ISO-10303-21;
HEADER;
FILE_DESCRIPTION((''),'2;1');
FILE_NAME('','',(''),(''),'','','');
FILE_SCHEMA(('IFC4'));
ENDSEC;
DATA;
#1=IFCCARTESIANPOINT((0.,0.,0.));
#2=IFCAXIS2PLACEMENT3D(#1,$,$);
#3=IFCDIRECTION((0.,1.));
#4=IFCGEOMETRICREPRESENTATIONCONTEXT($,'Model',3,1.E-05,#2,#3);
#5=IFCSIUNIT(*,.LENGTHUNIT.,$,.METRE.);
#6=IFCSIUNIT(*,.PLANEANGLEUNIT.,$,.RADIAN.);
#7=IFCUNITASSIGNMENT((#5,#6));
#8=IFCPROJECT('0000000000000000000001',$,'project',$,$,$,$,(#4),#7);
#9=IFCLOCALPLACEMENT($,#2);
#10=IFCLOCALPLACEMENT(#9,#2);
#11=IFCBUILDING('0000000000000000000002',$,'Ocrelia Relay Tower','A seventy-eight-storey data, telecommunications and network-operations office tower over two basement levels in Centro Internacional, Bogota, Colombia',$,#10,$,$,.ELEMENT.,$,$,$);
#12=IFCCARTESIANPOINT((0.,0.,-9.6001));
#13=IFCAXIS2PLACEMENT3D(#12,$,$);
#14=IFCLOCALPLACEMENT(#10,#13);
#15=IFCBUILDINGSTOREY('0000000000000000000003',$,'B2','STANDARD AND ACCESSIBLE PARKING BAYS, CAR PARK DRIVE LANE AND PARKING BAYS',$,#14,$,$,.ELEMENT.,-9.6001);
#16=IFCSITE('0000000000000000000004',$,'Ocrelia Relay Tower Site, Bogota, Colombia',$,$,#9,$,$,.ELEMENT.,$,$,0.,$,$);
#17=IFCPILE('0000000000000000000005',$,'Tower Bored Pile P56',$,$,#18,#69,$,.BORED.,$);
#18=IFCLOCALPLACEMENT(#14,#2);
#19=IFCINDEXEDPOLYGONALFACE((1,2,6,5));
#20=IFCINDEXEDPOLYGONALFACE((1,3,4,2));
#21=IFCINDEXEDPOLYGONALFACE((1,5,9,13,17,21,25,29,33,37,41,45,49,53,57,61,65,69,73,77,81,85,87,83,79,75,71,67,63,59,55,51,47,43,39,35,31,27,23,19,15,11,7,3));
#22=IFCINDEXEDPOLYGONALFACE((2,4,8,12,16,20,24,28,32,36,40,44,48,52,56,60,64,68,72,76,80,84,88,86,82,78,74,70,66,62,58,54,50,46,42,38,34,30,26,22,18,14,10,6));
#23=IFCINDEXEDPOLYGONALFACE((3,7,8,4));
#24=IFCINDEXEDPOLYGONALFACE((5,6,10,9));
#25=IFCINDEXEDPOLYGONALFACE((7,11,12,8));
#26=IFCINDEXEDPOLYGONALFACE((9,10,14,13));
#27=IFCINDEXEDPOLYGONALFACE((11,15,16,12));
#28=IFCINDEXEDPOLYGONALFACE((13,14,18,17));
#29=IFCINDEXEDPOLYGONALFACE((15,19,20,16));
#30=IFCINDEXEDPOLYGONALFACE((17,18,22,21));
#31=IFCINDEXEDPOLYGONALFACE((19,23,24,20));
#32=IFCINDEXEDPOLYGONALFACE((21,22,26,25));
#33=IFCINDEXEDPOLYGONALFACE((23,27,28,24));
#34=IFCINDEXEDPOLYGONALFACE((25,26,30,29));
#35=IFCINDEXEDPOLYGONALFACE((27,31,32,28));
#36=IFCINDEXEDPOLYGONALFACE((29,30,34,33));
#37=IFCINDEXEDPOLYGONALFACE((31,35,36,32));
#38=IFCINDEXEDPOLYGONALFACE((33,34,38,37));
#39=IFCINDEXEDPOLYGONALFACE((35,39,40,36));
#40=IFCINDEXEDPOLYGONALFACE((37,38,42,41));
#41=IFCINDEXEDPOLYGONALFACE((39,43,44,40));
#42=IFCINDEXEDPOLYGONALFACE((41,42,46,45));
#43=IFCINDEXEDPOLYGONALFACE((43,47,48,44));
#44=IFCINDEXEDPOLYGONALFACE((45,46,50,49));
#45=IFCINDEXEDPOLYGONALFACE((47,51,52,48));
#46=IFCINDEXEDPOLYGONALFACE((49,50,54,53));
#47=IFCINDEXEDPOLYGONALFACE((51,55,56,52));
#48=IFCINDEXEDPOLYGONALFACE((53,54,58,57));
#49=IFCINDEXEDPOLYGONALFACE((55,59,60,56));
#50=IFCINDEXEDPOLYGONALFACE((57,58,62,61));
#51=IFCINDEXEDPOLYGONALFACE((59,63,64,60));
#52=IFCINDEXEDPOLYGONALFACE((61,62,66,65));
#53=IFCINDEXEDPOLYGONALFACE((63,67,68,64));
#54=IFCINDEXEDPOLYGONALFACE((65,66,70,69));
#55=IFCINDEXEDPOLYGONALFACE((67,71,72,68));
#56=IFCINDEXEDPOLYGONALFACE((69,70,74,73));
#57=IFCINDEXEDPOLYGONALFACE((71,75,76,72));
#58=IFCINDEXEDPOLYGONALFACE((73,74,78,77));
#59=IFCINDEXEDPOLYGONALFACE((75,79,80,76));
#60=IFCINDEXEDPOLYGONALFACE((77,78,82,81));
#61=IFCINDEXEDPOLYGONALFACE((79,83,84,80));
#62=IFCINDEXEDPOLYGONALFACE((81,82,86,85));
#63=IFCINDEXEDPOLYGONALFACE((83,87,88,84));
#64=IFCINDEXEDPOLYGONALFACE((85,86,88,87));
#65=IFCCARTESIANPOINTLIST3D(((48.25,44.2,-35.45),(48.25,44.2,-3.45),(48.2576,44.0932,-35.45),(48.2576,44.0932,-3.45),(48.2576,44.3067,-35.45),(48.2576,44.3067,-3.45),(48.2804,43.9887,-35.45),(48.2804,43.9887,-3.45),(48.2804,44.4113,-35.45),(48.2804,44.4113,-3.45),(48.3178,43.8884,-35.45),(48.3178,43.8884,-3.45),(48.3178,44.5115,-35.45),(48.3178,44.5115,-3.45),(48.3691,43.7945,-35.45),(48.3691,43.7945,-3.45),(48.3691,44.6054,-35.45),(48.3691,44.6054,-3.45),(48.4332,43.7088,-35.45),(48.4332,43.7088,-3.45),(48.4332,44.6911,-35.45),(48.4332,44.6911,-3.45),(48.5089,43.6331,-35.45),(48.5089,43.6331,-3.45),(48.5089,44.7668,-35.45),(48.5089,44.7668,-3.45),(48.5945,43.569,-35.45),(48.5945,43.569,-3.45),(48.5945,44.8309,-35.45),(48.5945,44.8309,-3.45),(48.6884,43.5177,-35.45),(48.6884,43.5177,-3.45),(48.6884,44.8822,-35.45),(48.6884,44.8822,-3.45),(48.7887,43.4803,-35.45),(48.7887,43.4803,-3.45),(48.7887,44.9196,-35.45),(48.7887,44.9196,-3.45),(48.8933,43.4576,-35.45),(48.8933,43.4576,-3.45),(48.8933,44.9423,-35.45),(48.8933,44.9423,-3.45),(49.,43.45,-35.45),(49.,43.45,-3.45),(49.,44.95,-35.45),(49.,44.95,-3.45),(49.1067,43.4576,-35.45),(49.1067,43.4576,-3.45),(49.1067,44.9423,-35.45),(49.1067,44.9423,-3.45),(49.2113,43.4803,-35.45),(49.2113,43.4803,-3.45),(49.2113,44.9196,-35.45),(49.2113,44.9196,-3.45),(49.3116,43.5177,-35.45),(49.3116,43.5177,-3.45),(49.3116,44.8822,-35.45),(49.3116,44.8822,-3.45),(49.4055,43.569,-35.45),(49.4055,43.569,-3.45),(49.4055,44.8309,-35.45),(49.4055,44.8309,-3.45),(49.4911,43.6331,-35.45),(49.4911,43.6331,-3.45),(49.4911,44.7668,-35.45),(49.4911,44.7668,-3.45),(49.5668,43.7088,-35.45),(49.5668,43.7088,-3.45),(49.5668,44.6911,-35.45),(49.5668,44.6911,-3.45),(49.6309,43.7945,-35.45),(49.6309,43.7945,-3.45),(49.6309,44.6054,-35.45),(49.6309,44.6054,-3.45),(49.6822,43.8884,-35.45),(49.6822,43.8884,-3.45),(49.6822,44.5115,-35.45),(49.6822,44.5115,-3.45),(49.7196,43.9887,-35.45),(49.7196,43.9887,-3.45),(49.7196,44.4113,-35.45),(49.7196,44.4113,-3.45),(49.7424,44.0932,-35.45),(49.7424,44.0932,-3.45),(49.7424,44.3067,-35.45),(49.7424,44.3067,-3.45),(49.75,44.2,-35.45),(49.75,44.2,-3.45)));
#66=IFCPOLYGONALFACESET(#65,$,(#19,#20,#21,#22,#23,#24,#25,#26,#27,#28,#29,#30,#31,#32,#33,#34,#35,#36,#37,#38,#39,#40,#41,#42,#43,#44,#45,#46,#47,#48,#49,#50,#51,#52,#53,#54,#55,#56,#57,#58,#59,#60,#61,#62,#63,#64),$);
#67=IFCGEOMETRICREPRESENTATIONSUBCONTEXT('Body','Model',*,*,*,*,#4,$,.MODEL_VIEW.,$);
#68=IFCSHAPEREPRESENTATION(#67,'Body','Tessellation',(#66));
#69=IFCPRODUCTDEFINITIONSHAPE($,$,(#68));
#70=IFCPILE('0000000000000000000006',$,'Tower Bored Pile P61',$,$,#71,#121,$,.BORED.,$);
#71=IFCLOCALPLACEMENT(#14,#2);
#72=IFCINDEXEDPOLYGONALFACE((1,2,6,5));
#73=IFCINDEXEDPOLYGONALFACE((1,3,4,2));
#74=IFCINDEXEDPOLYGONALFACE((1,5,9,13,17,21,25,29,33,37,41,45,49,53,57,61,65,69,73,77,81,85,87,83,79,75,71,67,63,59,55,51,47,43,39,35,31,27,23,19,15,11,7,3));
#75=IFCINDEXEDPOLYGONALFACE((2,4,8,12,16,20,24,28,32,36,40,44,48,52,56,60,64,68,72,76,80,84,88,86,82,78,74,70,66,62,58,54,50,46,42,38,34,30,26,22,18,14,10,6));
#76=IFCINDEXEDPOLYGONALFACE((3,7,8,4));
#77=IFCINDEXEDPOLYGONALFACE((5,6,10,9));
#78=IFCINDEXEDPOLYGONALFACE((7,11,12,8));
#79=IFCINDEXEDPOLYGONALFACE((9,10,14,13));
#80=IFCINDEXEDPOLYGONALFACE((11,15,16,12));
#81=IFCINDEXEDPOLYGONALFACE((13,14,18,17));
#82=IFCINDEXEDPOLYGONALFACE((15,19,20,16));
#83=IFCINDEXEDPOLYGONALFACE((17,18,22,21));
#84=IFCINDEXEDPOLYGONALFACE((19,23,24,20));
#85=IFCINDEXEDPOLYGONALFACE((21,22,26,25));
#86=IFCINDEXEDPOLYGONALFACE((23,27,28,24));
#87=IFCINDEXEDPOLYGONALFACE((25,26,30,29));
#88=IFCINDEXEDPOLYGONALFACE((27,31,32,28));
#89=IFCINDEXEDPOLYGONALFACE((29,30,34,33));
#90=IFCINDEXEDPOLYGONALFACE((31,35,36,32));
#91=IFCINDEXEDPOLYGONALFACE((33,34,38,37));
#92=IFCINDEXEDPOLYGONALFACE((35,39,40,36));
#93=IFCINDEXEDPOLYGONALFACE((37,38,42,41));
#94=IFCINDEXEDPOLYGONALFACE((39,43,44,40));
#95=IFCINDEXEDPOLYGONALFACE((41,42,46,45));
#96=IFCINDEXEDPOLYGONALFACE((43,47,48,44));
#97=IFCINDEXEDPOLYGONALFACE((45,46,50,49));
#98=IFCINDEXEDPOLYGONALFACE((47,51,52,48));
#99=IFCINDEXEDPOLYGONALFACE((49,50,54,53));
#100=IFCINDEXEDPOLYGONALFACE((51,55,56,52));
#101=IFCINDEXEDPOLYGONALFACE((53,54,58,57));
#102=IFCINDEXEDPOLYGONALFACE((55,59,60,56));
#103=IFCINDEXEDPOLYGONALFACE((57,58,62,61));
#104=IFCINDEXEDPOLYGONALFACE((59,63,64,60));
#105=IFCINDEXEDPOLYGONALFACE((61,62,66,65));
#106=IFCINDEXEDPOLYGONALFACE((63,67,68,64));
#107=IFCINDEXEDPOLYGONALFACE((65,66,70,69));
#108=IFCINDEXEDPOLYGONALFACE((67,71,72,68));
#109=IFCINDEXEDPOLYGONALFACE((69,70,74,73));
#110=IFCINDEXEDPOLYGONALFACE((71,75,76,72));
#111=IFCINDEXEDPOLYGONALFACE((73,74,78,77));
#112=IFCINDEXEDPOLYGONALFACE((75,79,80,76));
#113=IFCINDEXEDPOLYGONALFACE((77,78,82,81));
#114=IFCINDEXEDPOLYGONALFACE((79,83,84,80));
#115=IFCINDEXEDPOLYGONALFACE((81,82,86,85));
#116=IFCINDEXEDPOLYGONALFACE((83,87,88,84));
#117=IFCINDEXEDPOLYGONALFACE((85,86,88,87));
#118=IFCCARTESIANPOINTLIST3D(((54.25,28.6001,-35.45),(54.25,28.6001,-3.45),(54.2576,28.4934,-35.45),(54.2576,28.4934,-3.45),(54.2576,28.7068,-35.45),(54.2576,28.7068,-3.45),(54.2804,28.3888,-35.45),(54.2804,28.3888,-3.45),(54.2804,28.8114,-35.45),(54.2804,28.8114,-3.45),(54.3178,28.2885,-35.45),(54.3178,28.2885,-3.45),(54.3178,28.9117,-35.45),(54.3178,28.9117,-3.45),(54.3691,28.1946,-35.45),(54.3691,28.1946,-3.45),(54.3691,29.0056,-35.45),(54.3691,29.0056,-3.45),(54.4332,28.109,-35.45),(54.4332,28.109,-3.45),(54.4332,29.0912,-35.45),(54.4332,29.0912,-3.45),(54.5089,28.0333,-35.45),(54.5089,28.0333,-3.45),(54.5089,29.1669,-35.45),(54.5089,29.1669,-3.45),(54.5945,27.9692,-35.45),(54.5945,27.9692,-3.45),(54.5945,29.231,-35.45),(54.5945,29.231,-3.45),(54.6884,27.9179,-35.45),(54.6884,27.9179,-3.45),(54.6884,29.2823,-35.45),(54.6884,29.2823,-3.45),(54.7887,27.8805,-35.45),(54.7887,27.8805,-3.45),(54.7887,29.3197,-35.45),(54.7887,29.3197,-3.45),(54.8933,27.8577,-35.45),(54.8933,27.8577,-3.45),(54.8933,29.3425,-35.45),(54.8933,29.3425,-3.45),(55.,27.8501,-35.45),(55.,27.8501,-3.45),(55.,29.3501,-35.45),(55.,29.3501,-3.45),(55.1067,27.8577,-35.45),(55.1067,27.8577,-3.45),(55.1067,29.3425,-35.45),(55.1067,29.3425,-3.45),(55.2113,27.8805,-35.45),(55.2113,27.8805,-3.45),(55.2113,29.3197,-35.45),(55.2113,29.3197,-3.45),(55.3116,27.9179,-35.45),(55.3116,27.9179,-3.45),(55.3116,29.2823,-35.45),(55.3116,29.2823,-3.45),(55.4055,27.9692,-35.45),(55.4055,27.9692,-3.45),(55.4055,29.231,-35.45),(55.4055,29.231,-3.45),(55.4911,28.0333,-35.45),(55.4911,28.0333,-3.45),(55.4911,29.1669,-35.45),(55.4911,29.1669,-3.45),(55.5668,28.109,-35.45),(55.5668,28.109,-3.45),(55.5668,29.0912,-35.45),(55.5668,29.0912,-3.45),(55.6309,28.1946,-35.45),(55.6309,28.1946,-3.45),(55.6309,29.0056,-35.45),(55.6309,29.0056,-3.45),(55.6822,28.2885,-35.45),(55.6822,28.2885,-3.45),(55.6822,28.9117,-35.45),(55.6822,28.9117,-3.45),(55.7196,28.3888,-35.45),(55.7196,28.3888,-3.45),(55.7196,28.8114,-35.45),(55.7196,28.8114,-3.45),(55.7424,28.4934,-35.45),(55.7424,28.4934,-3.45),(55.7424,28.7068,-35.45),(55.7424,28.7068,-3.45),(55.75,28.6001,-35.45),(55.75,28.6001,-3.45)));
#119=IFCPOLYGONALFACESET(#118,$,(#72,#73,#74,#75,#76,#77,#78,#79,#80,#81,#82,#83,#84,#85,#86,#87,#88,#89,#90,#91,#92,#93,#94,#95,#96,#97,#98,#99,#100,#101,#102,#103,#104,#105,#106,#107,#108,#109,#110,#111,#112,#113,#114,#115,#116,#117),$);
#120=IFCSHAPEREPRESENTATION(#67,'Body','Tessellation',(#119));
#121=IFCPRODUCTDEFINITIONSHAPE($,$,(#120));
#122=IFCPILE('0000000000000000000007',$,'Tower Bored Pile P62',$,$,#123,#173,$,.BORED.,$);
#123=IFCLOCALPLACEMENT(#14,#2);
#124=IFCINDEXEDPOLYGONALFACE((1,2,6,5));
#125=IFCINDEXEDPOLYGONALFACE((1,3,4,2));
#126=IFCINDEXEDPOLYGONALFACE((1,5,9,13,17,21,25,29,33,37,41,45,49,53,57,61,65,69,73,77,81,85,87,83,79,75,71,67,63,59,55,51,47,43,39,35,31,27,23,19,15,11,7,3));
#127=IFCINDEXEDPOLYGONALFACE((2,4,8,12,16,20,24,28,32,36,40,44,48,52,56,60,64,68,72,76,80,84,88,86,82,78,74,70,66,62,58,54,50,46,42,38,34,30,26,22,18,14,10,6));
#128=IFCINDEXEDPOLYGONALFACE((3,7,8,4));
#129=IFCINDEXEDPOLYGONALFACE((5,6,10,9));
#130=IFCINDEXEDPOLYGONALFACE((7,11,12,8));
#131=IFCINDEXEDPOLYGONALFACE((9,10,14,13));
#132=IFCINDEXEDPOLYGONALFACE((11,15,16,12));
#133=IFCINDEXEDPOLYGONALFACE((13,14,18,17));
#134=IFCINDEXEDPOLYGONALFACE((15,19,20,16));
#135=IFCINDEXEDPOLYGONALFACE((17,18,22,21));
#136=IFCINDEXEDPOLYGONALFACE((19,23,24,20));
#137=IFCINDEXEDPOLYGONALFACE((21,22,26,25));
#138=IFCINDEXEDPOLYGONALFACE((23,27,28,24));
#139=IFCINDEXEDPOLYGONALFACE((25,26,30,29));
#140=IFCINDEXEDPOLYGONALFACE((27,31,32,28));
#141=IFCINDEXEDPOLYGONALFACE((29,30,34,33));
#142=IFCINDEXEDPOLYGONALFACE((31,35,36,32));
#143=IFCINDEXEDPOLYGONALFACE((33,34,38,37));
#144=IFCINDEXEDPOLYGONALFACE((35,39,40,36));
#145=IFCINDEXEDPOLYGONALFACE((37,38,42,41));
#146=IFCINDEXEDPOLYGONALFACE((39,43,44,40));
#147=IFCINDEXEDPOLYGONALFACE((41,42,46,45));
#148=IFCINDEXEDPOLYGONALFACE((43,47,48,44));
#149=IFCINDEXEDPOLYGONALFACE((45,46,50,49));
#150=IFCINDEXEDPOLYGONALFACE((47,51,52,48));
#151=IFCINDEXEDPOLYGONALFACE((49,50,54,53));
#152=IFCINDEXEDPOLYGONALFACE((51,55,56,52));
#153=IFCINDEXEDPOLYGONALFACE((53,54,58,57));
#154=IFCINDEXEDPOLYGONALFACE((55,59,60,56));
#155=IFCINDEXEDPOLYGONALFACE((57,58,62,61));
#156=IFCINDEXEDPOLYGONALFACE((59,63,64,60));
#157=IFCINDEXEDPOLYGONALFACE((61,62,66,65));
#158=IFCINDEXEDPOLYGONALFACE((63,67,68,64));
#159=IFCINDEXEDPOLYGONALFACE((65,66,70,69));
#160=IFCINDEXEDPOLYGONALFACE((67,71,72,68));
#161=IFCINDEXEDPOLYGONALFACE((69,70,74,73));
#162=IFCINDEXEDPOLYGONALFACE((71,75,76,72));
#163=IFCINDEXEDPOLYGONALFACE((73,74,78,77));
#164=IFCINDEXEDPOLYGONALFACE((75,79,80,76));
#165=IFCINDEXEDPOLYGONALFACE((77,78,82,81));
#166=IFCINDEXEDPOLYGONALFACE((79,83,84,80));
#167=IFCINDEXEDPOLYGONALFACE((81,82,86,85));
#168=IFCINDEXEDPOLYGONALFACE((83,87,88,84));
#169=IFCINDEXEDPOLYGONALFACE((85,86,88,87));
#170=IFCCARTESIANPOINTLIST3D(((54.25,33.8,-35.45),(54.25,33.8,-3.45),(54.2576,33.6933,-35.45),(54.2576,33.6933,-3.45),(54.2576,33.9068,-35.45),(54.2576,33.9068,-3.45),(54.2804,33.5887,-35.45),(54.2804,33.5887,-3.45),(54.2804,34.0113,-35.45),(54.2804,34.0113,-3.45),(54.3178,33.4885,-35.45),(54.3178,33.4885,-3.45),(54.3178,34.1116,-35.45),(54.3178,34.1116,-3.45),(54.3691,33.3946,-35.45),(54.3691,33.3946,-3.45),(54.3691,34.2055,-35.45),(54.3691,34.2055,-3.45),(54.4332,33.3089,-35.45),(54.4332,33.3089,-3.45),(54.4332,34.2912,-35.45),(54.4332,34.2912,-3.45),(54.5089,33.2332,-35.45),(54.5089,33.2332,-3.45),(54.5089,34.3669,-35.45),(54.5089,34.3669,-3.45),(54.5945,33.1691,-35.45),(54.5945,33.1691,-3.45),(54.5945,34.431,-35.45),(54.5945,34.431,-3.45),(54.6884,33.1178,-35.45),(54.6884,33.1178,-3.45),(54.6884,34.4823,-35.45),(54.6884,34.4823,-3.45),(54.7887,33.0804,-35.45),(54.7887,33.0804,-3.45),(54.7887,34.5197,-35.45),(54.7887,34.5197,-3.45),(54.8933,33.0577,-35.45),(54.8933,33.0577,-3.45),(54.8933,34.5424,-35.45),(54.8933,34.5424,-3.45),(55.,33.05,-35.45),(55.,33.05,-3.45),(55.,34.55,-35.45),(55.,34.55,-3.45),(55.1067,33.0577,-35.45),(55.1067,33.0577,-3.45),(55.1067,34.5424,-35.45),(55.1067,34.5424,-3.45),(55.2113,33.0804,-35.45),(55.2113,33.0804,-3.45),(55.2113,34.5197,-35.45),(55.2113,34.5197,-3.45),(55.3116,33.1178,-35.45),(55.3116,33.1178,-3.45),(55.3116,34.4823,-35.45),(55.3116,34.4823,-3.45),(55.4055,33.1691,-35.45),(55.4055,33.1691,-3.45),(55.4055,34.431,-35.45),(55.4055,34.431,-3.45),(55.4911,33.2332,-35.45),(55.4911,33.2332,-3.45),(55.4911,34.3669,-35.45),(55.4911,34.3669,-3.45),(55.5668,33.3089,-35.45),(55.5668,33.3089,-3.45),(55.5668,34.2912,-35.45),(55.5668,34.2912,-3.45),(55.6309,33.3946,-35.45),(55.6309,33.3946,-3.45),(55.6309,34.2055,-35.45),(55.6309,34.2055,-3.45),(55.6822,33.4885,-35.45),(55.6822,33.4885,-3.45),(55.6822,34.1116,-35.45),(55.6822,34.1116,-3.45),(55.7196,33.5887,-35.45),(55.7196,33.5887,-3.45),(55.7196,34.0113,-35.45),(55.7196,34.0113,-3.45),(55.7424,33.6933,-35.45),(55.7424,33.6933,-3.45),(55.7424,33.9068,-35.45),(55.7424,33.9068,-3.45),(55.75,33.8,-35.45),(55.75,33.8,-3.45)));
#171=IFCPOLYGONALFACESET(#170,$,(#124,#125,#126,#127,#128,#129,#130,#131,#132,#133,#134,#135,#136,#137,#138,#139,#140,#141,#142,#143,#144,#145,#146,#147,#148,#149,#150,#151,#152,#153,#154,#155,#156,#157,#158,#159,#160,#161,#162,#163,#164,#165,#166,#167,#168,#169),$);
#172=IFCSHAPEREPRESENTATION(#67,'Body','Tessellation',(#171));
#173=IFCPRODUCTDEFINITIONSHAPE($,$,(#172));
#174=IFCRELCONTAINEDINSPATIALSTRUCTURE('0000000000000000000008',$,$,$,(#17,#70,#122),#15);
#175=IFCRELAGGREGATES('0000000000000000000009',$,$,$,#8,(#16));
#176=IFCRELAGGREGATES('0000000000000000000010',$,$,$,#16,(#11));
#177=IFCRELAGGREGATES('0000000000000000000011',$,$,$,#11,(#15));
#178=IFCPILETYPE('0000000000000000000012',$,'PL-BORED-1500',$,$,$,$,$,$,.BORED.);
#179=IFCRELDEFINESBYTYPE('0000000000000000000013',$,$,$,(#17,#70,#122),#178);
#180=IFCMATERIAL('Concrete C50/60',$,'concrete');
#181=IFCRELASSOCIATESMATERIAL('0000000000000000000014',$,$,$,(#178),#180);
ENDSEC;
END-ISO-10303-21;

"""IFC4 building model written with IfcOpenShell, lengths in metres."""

from ifc_helpers import new_model, si_unit, direction, frame, origin, origin_2d, place, context, subcontext, project, spatial, circle, extrude, material, material_profile, profile_set, type_object, element, save


model = new_model("IFC4")

# Units and contexts
model_context = context("Model", 3, precision=1e-05, world=origin(), true_north=direction((0.0, 1.0)))
body_context = subcontext(model_context, "Body", "Model", "MODEL_VIEW")
ifc_project = project(units=[si_unit("LENGTHUNIT", "METRE"), si_unit("PLANEANGLEUNIT", "RADIAN")], contexts=[model_context])

# Site, building, storey
site_placement = place(None, origin())
site = spatial("IfcSite", under=ifc_project, at=site_placement, Name="Ocrelia Relay Tower Site, Bogota, Colombia", CompositionType="ELEMENT", RefElevation=0.0)
building_placement = place(site_placement, origin())
building = spatial("IfcBuilding", under=site, at=building_placement, Name="Ocrelia Relay Tower", Description="A seventy-eight-storey data, telecommunications and network-operations office tower over two basement levels in Centro Internacional, Bogota, Colombia", CompositionType="ELEMENT")
storey_placement = place(building_placement, frame((0.0, 0.0, -9.6001)))
storey = spatial("IfcBuildingStorey", under=building, at=storey_placement, Name="B2", Description="STANDARD AND ACCESSIBLE PARKING BAYS, CAR PARK DRIVE LANE AND PARKING BAYS", CompositionType="ELEMENT", Elevation=-9.6001)

# Piles
ifc_material_1 = material(Name="Concrete C50/60", Category="concrete")
ifc_material_profile_1 = material_profile(ifc_material_1, circle(Radius=0.75, at=origin_2d()), Name="PILE-1500")
ifc_profile_set_1 = profile_set([ifc_material_profile_1], Name="Concrete C50/60")
pile_type_1 = type_object("IfcPileType", Name="PL-BORED-1500", PredefinedType="BORED", material=ifc_profile_set_1)
for number, where, z_axis, x_axis, name in (
    (1, (49.0, 44.2, -3.45), (0.0, 0.0, -1.0), (1.0, 0.0, 0.0), "Tower Bored Pile P56"),
    (2, (55.0, 28.6001, -3.45), (0.0, 0.0, -1.0), (1.0, 0.0, 0.0), "Tower Bored Pile P61"),
    (3, (55.0, 33.8, -3.45), (0.0, 0.0, -1.0), (1.0, 0.0, 0.0), "Tower Bored Pile P62"),
):
    element("IfcPile", number, at=place(storey_placement, frame(where, z_axis=z_axis, x_axis=x_axis)), inside=storey, type_object=pile_type_1, Name=name, PredefinedType="BORED", context=body_context, shape_type="SweptSolid", body=[
        extrude(circle(Radius=0.75, at=origin_2d()), origin(), (0.0, 0.0, 1.0), 32.0),
    ])

save(model, "model.ifc")
